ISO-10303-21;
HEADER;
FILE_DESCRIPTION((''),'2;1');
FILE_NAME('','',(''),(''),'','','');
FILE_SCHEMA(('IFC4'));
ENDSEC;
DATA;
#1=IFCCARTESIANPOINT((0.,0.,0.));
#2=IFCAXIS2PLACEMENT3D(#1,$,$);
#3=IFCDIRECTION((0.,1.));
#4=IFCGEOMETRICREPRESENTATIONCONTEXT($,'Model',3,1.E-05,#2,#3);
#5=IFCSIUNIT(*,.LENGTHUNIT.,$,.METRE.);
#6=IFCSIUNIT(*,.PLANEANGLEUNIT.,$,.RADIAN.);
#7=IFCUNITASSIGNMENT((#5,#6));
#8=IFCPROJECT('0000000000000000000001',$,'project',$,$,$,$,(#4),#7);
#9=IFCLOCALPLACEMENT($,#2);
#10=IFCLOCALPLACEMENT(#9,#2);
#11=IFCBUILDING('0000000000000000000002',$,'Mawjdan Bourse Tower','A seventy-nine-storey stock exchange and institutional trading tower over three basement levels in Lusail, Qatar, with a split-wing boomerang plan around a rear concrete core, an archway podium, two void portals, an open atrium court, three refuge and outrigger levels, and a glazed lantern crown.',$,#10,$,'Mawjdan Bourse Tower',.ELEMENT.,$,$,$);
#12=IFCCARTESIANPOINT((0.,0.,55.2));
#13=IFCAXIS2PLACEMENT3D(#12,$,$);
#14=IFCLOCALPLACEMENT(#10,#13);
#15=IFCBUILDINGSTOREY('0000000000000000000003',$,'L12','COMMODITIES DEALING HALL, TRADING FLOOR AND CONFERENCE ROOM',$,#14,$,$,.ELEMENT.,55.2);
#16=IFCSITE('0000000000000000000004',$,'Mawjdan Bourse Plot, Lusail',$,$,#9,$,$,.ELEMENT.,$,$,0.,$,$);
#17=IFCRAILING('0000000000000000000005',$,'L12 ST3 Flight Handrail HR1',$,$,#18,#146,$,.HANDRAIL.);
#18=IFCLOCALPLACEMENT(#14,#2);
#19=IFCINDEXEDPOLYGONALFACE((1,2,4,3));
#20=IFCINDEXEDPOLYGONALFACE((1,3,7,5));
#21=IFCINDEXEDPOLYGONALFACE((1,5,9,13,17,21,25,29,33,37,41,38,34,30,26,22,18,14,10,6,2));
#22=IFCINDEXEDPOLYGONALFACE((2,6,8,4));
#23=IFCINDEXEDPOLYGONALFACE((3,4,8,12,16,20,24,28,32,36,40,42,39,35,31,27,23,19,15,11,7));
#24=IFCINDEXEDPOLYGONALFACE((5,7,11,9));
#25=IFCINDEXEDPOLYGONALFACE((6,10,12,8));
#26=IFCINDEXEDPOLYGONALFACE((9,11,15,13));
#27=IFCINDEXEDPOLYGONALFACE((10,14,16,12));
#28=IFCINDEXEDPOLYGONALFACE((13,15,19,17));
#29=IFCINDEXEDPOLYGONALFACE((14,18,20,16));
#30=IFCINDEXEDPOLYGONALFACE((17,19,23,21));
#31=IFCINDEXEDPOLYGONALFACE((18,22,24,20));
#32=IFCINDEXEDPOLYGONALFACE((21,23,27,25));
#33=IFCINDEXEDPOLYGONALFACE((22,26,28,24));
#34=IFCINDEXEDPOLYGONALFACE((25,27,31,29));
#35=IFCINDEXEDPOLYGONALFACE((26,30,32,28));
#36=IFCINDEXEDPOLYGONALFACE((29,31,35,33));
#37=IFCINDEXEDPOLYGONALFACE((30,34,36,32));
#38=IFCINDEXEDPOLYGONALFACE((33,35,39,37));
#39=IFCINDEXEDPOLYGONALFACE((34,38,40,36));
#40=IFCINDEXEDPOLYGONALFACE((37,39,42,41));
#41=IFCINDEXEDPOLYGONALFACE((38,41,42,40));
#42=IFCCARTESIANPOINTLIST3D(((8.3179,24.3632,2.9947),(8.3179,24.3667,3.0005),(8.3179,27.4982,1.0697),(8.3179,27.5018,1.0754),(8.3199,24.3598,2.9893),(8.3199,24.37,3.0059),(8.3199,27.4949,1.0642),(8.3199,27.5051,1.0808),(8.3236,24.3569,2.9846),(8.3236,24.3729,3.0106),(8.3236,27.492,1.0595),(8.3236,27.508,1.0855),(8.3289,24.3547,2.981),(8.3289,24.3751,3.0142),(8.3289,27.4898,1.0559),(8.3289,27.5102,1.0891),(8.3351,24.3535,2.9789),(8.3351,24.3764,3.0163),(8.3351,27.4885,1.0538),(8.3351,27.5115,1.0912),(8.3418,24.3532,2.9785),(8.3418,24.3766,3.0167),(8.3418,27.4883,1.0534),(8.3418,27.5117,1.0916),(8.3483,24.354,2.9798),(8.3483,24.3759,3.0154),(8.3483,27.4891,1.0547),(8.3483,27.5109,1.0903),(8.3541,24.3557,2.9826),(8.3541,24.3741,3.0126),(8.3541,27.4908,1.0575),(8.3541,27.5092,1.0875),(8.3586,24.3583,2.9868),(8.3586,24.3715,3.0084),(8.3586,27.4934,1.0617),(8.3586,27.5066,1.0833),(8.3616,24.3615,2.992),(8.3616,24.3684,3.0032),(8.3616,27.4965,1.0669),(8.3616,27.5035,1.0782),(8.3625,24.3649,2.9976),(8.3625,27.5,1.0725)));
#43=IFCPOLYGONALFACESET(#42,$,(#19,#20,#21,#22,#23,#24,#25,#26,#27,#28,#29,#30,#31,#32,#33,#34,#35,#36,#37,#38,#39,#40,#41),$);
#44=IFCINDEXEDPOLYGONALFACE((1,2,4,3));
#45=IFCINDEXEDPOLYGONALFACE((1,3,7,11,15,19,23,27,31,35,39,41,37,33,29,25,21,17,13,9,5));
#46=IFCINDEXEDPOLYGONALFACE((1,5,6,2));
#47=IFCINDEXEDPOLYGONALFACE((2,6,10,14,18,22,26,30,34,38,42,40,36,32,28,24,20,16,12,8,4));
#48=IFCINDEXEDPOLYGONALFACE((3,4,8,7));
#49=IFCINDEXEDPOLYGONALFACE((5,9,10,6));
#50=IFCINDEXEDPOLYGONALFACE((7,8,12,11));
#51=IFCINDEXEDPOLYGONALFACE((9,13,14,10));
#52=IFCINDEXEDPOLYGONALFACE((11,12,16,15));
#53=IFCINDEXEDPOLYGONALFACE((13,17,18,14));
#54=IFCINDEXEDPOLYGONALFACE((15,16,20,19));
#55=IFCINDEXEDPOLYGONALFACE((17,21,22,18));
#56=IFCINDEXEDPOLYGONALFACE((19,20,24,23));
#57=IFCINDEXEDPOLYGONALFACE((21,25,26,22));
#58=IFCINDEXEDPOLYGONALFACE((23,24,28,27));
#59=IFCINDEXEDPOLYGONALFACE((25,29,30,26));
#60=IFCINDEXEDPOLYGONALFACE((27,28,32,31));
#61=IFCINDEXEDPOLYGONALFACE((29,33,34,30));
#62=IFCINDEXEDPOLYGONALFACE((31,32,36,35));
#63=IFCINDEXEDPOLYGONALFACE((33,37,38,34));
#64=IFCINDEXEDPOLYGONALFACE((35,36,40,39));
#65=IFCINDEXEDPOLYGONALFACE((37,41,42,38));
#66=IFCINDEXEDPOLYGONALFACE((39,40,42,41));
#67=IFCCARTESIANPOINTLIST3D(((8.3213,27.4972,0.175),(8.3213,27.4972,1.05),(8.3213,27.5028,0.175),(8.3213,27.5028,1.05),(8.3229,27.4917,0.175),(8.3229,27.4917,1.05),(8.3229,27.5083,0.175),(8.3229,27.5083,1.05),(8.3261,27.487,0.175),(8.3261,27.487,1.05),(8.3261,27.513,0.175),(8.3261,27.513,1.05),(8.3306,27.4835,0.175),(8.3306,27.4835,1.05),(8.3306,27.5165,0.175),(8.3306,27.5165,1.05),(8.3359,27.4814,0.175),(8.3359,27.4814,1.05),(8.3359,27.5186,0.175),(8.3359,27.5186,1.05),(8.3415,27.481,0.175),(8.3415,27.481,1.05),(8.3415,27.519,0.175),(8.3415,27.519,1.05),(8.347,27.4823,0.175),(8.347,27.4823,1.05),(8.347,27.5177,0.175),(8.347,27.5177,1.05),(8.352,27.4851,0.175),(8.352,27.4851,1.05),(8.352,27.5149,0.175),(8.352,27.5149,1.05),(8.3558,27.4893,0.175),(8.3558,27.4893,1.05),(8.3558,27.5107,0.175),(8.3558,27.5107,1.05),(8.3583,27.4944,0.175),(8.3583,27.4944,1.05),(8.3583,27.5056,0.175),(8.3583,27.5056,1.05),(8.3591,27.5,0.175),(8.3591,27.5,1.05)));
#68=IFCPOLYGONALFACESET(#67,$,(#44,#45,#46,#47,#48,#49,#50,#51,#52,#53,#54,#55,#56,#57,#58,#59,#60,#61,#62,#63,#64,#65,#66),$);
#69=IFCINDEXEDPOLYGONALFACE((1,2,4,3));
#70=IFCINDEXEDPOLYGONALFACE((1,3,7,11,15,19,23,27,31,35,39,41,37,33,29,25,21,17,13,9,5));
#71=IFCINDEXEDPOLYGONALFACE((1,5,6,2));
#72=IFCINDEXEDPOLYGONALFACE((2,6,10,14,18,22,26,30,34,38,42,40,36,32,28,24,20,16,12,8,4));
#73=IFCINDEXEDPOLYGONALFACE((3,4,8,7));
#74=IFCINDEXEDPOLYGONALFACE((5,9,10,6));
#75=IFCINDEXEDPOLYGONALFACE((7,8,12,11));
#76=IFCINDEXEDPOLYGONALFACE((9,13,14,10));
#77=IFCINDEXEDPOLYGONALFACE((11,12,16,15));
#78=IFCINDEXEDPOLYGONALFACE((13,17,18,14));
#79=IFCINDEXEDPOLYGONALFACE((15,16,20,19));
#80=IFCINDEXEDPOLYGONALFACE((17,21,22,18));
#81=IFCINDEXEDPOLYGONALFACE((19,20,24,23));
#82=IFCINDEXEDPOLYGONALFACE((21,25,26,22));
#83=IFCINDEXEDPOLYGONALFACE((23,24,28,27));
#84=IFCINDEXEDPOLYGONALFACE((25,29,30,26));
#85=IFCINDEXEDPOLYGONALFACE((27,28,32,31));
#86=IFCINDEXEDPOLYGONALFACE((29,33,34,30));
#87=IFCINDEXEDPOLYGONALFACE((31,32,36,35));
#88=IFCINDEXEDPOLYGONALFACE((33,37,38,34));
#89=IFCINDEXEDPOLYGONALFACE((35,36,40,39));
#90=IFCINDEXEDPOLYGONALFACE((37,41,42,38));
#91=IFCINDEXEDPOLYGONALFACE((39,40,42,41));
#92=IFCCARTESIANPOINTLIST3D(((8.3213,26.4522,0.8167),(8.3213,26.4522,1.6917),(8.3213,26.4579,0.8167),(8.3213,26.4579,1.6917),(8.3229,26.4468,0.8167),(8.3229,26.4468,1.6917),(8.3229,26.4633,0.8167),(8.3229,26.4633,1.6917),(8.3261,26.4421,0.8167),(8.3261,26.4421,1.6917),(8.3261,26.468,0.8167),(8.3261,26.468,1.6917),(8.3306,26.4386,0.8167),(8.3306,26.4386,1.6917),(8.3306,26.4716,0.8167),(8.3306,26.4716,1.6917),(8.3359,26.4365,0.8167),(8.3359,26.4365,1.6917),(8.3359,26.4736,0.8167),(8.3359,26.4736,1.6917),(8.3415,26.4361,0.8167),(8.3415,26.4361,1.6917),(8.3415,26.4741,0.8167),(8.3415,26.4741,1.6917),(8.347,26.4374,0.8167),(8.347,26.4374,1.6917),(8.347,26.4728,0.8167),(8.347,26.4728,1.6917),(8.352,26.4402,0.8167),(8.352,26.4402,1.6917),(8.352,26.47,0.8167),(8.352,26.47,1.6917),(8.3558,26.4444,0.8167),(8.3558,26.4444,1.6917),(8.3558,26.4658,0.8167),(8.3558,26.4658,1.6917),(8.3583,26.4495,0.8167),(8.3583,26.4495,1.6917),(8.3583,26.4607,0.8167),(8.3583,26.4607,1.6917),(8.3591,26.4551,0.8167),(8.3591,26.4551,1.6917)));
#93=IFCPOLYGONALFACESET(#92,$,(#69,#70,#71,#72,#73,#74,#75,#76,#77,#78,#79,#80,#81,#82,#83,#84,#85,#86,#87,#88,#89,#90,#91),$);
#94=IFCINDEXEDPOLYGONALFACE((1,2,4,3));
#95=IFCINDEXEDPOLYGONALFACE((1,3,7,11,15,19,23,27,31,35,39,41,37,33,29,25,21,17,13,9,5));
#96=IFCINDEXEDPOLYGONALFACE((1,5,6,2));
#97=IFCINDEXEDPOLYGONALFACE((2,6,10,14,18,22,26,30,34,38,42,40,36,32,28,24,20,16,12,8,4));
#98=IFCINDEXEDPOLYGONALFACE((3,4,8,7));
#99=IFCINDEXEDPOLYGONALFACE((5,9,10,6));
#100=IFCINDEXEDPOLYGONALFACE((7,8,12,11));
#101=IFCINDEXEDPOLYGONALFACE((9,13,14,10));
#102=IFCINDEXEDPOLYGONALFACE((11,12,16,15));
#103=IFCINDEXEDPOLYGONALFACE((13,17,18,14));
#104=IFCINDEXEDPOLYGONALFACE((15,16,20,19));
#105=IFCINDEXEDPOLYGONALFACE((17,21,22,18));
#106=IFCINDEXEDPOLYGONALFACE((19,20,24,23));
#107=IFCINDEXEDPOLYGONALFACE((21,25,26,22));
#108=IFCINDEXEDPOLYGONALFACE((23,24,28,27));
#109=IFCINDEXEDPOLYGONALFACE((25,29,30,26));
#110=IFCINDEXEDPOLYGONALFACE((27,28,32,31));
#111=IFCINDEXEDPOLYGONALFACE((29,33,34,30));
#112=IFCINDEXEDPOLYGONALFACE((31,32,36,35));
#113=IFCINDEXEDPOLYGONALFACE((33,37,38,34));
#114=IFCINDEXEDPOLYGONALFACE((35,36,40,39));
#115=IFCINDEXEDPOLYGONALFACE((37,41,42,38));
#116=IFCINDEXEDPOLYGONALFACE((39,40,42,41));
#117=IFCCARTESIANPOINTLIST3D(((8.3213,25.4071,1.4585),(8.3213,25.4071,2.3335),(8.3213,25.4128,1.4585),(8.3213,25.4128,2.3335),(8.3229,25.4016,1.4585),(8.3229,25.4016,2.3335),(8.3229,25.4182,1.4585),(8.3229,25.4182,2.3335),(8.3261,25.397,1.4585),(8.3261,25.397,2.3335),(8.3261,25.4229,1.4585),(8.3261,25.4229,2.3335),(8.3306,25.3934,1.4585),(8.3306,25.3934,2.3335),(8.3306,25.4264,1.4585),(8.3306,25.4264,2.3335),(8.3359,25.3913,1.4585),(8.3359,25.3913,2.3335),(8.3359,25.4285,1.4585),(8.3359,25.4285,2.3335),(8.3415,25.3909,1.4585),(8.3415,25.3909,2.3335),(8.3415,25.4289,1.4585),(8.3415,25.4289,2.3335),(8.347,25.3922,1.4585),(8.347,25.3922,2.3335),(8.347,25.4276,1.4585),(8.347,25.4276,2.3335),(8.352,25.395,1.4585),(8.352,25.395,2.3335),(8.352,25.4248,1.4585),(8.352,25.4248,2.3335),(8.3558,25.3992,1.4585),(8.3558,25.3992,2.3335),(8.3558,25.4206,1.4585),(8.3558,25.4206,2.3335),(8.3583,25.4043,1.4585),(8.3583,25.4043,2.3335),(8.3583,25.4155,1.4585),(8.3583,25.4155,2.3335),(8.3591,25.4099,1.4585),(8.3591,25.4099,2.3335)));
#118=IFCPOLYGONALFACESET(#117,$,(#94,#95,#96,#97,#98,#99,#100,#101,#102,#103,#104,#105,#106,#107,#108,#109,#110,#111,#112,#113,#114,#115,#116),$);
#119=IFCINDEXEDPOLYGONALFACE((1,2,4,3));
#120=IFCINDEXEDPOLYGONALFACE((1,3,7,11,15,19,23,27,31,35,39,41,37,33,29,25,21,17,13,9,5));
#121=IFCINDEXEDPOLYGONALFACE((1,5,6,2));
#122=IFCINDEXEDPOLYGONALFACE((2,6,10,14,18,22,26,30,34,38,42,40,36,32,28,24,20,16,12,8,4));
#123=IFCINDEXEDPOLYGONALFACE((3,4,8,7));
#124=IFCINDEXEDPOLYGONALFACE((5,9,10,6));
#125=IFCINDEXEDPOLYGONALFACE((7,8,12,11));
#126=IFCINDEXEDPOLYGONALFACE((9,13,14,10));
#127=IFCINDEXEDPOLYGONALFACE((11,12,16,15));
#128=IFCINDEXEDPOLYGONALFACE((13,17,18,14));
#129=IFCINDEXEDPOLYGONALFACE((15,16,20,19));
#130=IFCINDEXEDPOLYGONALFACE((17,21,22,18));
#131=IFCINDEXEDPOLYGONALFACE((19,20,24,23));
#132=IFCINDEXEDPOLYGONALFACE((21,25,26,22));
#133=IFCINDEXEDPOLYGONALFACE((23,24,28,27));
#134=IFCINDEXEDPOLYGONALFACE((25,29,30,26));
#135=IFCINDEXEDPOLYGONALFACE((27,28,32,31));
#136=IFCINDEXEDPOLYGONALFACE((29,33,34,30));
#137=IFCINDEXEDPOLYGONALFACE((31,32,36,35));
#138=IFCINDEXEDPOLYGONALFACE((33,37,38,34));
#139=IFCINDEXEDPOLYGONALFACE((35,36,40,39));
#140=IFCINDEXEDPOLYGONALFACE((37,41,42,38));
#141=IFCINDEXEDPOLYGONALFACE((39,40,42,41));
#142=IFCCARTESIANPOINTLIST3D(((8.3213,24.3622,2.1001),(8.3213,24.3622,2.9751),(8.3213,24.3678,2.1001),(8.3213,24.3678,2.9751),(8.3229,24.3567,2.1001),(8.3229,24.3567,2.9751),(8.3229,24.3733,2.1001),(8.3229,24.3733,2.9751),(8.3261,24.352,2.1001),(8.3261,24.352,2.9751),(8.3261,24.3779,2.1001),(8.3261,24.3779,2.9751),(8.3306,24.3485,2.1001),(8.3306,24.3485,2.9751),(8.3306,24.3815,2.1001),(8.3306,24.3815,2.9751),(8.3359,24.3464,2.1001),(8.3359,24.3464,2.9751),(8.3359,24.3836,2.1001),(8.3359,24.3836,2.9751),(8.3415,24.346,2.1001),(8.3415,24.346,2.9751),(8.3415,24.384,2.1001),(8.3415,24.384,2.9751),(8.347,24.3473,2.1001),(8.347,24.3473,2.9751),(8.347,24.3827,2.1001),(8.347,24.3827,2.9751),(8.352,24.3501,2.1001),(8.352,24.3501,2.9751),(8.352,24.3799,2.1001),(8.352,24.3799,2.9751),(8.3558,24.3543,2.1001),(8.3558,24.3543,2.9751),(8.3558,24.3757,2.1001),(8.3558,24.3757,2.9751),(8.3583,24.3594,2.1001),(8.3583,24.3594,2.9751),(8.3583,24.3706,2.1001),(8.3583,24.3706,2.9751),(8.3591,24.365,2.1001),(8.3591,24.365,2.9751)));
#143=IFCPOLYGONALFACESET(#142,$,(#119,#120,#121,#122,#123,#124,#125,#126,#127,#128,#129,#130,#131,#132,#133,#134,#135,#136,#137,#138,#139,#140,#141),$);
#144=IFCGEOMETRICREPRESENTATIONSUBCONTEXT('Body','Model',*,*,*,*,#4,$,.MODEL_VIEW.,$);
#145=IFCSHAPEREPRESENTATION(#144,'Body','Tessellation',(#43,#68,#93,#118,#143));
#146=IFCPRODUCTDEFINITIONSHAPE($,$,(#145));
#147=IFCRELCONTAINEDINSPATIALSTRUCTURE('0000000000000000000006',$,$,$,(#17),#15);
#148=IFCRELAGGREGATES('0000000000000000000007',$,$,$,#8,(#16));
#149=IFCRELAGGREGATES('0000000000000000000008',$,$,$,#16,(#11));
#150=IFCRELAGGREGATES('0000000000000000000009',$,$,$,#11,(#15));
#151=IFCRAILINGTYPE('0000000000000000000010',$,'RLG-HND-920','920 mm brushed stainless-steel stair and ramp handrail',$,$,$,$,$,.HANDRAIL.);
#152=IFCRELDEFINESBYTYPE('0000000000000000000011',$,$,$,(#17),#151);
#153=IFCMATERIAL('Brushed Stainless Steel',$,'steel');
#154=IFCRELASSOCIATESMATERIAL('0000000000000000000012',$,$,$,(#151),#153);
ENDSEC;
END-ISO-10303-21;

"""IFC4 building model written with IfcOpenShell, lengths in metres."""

from ifc_helpers import new_model, si_unit, direction, frame, origin, origin_2d, place, context, subcontext, project, spatial, circle, extrude, material, type_object, element, save


model = new_model("IFC4")

# Units and contexts
model_context = context("Model", 3, precision=1e-05, world=origin(), true_north=direction((0.0, 1.0)))
body_context = subcontext(model_context, "Body", "Model", "MODEL_VIEW")
ifc_project = project(units=[si_unit("LENGTHUNIT", "METRE"), si_unit("PLANEANGLEUNIT", "RADIAN")], contexts=[model_context])

# Site, building, storey
site_placement = place(None, origin())
site = spatial("IfcSite", under=ifc_project, at=site_placement, Name="Mawjdan Bourse Plot, Lusail", CompositionType="ELEMENT", RefElevation=0.0)
building_placement = place(site_placement, origin())
building = spatial("IfcBuilding", under=site, at=building_placement, Name="Mawjdan Bourse Tower", Description="A seventy-nine-storey stock exchange and institutional trading tower over three basement levels in Lusail, Qatar, with a split-wing boomerang plan around a rear concrete core, an archway podium, two void portals, an open atrium court, three refuge and outrigger levels, and a glazed lantern crown.", LongName="Mawjdan Bourse Tower", CompositionType="ELEMENT")
storey_placement = place(building_placement, frame((0.0, 0.0, 55.2)))
storey = spatial("IfcBuildingStorey", under=building, at=storey_placement, Name="L12", Description="COMMODITIES DEALING HALL, TRADING FLOOR AND CONFERENCE ROOM", CompositionType="ELEMENT", Elevation=55.2)

# Railing
ifc_material_1 = material(Name="Brushed Stainless Steel", Category="steel")
railing_type_1 = type_object("IfcRailingType", Name="RLG-HND-920", Description="920 mm brushed stainless-steel stair and ramp handrail", PredefinedType="HANDRAIL", material=ifc_material_1)
railing_1_placement = place(storey_placement, frame((8.3401, 27.5, 0.175)))
element("IfcRailing", 1, at=railing_1_placement, inside=storey, type_object=railing_type_1, Name="L12 ST3 Flight Handrail HR1", PredefinedType="HANDRAIL", context=body_context, shape_type="SweptSolid", body=[
    extrude(circle(Radius=0.0225, at=origin_2d()), frame((0.0, 0.0, 0.8975), z_axis=(0.0, -0.852166, 0.523271), x_axis=(1.0, 0.0, 0.0)), (0.0, 0.0, 1.0), 3.679),
    extrude(circle(Radius=0.019, at=origin_2d()), origin(), (0.0, 0.0, 1.0), 0.875),
    extrude(circle(Radius=0.019, at=origin_2d()), frame((0.0, -1.0449, 0.6416)), (0.0, 0.0, 1.0), 0.875),
    extrude(circle(Radius=0.019, at=origin_2d()), frame((0.0, -2.0901, 1.2834)), (0.0, 0.0, 1.0), 0.875),
    extrude(circle(Radius=0.019, at=origin_2d()), frame((0.0, -3.135, 1.925)), (0.0, 0.0, 1.0), 0.875),
])

save(model, "model.ifc")
